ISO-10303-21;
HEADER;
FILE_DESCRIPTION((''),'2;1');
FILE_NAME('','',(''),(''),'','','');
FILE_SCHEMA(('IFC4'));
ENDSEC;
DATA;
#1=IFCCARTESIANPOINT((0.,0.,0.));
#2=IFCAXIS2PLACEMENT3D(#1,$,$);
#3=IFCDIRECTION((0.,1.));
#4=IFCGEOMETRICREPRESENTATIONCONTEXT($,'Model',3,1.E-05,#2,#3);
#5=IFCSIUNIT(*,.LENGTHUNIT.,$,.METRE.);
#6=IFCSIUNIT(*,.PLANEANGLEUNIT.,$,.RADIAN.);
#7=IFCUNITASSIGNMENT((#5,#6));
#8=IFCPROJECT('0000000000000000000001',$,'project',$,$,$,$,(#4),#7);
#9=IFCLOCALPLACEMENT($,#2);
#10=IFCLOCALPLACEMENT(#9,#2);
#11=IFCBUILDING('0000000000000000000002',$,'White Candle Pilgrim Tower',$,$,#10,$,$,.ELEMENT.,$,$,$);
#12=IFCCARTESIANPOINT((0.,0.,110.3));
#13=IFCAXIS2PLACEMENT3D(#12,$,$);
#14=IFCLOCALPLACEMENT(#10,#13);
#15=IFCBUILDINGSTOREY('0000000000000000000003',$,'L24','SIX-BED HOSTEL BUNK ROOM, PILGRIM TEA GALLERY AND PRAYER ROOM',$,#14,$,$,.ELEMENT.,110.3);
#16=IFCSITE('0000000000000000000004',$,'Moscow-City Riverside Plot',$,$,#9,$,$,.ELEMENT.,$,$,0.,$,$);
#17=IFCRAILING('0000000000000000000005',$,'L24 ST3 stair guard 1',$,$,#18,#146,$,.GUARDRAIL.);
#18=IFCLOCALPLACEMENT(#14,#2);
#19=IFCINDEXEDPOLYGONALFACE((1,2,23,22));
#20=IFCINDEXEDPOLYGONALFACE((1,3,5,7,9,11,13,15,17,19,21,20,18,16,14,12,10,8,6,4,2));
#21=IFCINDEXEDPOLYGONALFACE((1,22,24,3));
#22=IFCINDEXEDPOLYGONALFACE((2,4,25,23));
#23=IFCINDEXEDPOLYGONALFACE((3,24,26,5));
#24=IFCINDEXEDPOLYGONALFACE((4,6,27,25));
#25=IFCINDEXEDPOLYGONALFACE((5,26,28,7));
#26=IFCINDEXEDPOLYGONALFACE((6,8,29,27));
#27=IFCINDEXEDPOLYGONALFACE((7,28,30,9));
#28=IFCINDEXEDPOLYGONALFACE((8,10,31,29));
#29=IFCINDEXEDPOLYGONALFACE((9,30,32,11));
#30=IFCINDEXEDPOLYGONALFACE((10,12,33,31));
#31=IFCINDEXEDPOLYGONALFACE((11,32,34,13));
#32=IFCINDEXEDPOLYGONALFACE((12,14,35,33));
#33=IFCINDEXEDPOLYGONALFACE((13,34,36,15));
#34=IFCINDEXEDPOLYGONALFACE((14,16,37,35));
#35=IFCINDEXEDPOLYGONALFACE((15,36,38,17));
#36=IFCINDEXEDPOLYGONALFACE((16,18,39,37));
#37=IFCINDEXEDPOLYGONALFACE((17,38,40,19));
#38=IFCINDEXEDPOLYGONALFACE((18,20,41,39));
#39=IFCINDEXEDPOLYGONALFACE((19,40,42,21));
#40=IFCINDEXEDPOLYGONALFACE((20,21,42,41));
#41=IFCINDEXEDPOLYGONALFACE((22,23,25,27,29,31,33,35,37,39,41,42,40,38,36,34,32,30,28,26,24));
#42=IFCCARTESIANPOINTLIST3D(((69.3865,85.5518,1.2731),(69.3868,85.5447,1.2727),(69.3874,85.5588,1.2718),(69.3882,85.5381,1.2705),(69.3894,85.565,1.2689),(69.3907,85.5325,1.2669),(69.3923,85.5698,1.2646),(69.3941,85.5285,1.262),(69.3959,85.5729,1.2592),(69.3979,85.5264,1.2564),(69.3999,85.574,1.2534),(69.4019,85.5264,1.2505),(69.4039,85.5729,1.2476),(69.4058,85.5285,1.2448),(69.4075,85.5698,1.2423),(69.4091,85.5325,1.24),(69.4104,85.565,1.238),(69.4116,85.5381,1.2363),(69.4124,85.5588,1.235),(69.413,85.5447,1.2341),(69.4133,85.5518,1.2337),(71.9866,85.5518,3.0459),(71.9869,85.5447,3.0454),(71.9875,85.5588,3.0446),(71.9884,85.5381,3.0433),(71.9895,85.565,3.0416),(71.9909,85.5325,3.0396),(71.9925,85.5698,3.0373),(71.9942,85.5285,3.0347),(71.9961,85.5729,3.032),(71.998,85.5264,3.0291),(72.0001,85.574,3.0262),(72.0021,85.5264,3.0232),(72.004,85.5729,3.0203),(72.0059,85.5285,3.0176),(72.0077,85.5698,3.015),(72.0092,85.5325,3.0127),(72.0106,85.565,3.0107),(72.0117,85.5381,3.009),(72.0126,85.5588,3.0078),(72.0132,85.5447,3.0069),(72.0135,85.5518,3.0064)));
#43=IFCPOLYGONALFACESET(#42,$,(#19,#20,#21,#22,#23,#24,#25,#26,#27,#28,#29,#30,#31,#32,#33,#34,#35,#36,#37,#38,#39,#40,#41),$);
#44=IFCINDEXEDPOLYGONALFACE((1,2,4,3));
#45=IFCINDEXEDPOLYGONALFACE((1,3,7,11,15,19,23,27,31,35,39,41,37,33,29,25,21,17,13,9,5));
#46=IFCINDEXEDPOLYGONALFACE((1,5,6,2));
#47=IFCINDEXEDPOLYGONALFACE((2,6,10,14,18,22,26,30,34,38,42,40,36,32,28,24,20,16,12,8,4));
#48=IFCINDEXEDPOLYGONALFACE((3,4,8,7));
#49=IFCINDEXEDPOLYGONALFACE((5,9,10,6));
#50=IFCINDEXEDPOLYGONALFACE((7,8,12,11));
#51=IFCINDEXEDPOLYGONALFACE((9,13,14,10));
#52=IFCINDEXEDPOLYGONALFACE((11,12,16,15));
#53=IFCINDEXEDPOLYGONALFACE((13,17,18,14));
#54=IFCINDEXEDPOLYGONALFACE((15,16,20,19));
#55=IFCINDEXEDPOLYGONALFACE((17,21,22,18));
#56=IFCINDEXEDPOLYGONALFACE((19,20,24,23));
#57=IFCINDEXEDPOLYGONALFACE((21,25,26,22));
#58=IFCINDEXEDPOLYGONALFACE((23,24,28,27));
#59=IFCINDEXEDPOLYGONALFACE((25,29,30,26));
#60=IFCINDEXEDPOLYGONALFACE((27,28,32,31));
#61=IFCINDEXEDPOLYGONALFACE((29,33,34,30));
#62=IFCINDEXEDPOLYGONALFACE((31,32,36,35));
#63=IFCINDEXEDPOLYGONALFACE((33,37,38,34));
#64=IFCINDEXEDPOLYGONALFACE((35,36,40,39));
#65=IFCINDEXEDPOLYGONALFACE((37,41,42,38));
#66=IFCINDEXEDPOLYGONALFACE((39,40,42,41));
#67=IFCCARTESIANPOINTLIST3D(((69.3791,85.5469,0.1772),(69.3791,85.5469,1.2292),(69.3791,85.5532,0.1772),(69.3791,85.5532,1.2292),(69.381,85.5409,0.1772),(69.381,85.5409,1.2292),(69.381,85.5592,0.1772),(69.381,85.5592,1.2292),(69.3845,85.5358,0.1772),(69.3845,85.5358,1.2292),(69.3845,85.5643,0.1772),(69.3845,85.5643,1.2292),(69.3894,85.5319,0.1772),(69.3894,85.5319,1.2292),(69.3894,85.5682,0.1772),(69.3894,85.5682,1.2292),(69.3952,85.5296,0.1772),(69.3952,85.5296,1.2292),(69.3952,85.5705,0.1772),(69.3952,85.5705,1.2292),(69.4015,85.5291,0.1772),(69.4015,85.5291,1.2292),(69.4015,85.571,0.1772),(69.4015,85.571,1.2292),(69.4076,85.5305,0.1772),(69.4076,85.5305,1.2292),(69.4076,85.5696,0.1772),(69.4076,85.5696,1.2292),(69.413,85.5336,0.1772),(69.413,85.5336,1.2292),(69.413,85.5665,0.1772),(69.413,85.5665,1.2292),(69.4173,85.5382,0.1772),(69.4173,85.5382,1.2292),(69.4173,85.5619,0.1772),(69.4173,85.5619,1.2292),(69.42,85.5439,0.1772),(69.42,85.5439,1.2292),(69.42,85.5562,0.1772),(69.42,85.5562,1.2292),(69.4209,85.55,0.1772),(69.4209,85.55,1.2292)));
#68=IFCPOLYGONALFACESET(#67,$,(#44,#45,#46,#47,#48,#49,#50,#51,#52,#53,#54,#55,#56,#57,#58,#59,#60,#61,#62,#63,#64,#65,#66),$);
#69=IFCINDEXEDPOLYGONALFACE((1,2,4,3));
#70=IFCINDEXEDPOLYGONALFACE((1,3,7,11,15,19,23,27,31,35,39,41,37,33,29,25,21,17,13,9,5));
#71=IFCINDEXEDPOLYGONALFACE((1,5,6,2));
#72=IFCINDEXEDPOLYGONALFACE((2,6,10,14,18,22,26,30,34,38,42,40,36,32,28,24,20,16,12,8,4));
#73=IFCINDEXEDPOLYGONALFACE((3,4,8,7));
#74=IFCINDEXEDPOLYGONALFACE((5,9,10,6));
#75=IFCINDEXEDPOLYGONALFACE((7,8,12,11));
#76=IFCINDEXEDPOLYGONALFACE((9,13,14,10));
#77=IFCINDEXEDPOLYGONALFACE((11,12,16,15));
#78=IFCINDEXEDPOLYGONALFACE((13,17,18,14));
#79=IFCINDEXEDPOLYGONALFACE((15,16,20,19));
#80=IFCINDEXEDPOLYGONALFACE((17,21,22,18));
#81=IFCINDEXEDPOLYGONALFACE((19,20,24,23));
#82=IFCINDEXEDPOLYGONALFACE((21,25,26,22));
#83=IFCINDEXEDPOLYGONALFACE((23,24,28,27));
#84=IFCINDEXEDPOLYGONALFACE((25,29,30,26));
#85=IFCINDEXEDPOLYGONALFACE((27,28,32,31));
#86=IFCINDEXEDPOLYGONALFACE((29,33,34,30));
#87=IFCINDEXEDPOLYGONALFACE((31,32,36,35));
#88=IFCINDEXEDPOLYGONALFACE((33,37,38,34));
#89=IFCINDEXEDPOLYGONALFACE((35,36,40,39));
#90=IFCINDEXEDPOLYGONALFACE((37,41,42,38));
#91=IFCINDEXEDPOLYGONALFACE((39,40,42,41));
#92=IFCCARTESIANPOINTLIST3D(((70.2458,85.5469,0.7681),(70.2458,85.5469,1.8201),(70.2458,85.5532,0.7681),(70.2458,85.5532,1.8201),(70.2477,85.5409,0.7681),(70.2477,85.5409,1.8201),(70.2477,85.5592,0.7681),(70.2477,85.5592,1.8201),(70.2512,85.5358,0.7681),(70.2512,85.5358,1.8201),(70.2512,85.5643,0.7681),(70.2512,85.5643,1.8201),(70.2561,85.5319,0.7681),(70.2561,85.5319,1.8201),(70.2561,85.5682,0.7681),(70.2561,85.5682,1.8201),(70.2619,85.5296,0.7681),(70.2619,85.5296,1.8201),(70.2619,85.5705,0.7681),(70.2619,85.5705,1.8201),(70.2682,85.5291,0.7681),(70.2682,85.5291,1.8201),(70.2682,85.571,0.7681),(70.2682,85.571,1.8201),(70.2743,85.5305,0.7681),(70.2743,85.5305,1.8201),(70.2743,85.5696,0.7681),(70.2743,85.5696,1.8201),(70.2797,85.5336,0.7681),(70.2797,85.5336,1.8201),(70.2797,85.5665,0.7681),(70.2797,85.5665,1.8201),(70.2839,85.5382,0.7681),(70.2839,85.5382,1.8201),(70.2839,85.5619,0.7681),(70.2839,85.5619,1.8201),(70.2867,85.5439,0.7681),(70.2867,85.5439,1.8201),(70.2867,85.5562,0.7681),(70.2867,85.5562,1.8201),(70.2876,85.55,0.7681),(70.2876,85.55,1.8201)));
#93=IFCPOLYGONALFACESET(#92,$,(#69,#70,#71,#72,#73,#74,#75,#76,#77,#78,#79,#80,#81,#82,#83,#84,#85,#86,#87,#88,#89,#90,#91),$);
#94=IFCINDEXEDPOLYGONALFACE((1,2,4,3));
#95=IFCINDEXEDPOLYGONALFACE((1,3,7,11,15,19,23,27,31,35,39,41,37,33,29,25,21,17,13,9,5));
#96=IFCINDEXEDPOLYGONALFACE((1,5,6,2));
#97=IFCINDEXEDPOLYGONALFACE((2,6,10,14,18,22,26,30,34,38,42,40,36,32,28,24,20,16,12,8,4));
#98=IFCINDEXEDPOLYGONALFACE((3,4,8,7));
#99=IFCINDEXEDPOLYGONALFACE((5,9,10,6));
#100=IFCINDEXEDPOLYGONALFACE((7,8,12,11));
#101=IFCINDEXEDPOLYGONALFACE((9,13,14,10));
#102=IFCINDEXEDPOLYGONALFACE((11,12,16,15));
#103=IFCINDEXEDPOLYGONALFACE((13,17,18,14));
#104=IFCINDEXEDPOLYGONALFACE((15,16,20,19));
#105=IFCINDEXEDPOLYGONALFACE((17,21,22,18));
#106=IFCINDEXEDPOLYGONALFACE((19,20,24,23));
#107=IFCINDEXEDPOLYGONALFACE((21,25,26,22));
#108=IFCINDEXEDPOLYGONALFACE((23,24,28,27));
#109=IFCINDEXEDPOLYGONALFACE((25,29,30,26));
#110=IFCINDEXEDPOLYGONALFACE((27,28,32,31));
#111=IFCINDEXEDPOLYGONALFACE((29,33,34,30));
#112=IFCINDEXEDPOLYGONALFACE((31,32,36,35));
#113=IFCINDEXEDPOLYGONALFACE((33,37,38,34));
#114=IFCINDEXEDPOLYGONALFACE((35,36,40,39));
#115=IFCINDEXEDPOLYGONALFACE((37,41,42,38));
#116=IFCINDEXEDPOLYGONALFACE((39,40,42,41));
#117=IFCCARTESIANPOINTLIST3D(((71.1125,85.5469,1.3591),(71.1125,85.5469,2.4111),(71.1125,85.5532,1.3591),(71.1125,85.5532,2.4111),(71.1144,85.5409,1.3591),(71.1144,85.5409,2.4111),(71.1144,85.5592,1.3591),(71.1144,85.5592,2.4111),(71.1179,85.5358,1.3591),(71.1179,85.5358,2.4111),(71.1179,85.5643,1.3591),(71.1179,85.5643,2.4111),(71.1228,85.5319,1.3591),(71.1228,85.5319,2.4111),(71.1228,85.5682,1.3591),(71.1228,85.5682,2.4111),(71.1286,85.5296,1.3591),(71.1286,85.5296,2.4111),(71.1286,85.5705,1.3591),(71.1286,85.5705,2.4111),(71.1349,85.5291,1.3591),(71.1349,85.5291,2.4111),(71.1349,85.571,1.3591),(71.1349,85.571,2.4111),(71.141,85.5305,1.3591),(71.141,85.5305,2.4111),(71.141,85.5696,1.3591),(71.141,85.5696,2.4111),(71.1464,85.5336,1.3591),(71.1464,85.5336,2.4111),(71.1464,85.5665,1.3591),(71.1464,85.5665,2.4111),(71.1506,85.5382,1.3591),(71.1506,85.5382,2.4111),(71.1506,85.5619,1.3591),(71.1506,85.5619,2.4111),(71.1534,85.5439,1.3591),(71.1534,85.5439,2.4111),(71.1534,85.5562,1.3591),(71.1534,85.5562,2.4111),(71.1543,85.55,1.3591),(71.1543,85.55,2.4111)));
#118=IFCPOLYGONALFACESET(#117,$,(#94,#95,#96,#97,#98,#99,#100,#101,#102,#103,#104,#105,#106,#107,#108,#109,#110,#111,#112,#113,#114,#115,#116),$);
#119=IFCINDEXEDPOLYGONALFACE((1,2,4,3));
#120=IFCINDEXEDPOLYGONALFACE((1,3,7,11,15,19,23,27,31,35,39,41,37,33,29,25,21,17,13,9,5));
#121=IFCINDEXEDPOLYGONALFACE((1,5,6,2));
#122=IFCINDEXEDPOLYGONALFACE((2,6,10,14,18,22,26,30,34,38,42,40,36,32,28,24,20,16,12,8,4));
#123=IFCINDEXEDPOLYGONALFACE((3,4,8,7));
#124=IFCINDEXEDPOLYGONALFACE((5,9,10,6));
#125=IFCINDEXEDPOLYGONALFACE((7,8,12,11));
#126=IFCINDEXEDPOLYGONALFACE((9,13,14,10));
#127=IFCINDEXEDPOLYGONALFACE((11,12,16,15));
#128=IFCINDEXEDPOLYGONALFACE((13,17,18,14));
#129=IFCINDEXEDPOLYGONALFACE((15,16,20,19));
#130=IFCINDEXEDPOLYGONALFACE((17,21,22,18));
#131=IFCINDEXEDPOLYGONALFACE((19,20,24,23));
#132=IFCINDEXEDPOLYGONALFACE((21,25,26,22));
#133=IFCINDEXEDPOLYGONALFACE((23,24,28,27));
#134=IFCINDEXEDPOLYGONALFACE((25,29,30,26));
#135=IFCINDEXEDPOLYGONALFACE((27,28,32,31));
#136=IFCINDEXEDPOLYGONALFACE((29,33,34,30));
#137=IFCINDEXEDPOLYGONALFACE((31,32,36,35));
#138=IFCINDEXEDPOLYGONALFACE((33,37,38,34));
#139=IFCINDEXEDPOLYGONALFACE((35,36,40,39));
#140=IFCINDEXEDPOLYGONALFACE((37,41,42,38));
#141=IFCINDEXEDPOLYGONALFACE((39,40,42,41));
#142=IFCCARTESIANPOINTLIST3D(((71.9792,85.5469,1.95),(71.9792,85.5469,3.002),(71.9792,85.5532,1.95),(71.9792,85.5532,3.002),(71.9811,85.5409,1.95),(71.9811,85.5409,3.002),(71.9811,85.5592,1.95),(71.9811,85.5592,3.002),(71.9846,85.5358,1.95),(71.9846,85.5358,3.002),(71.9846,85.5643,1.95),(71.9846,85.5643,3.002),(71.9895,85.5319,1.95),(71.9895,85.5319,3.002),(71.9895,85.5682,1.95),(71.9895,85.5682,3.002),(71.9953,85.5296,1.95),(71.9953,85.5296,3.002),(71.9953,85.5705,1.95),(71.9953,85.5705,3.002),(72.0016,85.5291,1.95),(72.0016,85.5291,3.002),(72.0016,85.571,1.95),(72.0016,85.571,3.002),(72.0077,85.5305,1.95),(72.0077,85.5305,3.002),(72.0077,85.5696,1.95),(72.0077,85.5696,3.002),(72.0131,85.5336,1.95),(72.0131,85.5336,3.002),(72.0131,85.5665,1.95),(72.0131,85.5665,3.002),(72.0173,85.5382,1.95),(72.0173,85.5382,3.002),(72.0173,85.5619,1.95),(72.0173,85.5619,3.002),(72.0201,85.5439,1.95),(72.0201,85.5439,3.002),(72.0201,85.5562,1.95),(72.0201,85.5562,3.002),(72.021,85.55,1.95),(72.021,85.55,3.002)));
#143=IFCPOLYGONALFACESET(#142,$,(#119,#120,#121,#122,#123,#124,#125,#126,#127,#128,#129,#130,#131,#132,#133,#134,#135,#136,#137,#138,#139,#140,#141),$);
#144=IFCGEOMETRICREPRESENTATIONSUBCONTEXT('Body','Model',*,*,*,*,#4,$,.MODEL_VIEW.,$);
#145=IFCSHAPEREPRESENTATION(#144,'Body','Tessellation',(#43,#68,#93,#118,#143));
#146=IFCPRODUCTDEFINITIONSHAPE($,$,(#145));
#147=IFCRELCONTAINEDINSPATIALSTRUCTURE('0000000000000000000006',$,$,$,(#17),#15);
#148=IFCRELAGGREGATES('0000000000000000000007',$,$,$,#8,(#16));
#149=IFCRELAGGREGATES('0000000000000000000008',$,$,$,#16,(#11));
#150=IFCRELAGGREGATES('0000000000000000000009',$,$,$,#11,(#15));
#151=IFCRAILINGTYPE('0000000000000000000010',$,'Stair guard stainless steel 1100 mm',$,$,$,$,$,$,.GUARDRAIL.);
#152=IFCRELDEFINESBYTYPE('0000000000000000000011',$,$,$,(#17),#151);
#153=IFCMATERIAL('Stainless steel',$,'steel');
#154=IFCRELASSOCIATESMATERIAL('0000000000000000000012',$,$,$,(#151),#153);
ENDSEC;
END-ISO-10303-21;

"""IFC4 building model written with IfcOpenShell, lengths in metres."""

from ifc_helpers import new_model, si_unit, direction, frame, origin, origin_2d, place, context, subcontext, project, spatial, circle, extrude, material, type_object, element, save


model = new_model("IFC4")

# Units and contexts
model_context = context("Model", 3, precision=1e-05, world=origin(), true_north=direction((0.0, 1.0)))
body_context = subcontext(model_context, "Body", "Model", "MODEL_VIEW")
ifc_project = project(units=[si_unit("LENGTHUNIT", "METRE"), si_unit("PLANEANGLEUNIT", "RADIAN")], contexts=[model_context])

# Site, building, storey
site_placement = place(None, origin())
site = spatial("IfcSite", under=ifc_project, at=site_placement, Name="Moscow-City Riverside Plot", CompositionType="ELEMENT", RefElevation=0.0)
building_placement = place(site_placement, origin())
building = spatial("IfcBuilding", under=site, at=building_placement, Name="White Candle Pilgrim Tower", CompositionType="ELEMENT")
storey_placement = place(building_placement, frame((0.0, 0.0, 110.3)))
storey = spatial("IfcBuildingStorey", under=building, at=storey_placement, Name="L24", Description="SIX-BED HOSTEL BUNK ROOM, PILGRIM TEA GALLERY AND PRAYER ROOM", CompositionType="ELEMENT", Elevation=110.3)

# Railing
ifc_material_1 = material(Name="Stainless steel", Category="steel")
railing_type_1 = type_object("IfcRailingType", Name="Stair guard stainless steel 1100 mm", PredefinedType="GUARDRAIL", material=ifc_material_1)
railing_1_placement = place(storey_placement, frame((69.3999, 85.55, 0.1772)))
element("IfcRailing", 1, at=railing_1_placement, inside=storey, type_object=railing_type_1, Name="L24 ST3 stair guard 1", PredefinedType="GUARDRAIL", context=body_context, shape_type="SweptSolid", body=[
    extrude(circle(Radius=0.0239, at=origin_2d()), frame((0.0, 0.0, 1.0762), z_axis=(0.82624, 0.0, 0.563318), x_axis=(0.0, 1.0, 0.0)), (0.0, 0.0, 1.0), 3.147),
    extrude(circle(Radius=0.021, at=origin_2d()), origin(), (0.0, 0.0, 1.0), 1.052),
    extrude(circle(Radius=0.021, at=origin_2d()), frame((0.8667, 0.0, 0.5908)), (0.0, 0.0, 1.0), 1.052),
    extrude(circle(Radius=0.021, at=origin_2d()), frame((1.7334, 0.0, 1.1819)), (0.0, 0.0, 1.0), 1.052),
    extrude(circle(Radius=0.021, at=origin_2d()), frame((2.6001, 0.0, 1.7727)), (0.0, 0.0, 1.0), 1.052),
])

save(model, "model.ifc")
